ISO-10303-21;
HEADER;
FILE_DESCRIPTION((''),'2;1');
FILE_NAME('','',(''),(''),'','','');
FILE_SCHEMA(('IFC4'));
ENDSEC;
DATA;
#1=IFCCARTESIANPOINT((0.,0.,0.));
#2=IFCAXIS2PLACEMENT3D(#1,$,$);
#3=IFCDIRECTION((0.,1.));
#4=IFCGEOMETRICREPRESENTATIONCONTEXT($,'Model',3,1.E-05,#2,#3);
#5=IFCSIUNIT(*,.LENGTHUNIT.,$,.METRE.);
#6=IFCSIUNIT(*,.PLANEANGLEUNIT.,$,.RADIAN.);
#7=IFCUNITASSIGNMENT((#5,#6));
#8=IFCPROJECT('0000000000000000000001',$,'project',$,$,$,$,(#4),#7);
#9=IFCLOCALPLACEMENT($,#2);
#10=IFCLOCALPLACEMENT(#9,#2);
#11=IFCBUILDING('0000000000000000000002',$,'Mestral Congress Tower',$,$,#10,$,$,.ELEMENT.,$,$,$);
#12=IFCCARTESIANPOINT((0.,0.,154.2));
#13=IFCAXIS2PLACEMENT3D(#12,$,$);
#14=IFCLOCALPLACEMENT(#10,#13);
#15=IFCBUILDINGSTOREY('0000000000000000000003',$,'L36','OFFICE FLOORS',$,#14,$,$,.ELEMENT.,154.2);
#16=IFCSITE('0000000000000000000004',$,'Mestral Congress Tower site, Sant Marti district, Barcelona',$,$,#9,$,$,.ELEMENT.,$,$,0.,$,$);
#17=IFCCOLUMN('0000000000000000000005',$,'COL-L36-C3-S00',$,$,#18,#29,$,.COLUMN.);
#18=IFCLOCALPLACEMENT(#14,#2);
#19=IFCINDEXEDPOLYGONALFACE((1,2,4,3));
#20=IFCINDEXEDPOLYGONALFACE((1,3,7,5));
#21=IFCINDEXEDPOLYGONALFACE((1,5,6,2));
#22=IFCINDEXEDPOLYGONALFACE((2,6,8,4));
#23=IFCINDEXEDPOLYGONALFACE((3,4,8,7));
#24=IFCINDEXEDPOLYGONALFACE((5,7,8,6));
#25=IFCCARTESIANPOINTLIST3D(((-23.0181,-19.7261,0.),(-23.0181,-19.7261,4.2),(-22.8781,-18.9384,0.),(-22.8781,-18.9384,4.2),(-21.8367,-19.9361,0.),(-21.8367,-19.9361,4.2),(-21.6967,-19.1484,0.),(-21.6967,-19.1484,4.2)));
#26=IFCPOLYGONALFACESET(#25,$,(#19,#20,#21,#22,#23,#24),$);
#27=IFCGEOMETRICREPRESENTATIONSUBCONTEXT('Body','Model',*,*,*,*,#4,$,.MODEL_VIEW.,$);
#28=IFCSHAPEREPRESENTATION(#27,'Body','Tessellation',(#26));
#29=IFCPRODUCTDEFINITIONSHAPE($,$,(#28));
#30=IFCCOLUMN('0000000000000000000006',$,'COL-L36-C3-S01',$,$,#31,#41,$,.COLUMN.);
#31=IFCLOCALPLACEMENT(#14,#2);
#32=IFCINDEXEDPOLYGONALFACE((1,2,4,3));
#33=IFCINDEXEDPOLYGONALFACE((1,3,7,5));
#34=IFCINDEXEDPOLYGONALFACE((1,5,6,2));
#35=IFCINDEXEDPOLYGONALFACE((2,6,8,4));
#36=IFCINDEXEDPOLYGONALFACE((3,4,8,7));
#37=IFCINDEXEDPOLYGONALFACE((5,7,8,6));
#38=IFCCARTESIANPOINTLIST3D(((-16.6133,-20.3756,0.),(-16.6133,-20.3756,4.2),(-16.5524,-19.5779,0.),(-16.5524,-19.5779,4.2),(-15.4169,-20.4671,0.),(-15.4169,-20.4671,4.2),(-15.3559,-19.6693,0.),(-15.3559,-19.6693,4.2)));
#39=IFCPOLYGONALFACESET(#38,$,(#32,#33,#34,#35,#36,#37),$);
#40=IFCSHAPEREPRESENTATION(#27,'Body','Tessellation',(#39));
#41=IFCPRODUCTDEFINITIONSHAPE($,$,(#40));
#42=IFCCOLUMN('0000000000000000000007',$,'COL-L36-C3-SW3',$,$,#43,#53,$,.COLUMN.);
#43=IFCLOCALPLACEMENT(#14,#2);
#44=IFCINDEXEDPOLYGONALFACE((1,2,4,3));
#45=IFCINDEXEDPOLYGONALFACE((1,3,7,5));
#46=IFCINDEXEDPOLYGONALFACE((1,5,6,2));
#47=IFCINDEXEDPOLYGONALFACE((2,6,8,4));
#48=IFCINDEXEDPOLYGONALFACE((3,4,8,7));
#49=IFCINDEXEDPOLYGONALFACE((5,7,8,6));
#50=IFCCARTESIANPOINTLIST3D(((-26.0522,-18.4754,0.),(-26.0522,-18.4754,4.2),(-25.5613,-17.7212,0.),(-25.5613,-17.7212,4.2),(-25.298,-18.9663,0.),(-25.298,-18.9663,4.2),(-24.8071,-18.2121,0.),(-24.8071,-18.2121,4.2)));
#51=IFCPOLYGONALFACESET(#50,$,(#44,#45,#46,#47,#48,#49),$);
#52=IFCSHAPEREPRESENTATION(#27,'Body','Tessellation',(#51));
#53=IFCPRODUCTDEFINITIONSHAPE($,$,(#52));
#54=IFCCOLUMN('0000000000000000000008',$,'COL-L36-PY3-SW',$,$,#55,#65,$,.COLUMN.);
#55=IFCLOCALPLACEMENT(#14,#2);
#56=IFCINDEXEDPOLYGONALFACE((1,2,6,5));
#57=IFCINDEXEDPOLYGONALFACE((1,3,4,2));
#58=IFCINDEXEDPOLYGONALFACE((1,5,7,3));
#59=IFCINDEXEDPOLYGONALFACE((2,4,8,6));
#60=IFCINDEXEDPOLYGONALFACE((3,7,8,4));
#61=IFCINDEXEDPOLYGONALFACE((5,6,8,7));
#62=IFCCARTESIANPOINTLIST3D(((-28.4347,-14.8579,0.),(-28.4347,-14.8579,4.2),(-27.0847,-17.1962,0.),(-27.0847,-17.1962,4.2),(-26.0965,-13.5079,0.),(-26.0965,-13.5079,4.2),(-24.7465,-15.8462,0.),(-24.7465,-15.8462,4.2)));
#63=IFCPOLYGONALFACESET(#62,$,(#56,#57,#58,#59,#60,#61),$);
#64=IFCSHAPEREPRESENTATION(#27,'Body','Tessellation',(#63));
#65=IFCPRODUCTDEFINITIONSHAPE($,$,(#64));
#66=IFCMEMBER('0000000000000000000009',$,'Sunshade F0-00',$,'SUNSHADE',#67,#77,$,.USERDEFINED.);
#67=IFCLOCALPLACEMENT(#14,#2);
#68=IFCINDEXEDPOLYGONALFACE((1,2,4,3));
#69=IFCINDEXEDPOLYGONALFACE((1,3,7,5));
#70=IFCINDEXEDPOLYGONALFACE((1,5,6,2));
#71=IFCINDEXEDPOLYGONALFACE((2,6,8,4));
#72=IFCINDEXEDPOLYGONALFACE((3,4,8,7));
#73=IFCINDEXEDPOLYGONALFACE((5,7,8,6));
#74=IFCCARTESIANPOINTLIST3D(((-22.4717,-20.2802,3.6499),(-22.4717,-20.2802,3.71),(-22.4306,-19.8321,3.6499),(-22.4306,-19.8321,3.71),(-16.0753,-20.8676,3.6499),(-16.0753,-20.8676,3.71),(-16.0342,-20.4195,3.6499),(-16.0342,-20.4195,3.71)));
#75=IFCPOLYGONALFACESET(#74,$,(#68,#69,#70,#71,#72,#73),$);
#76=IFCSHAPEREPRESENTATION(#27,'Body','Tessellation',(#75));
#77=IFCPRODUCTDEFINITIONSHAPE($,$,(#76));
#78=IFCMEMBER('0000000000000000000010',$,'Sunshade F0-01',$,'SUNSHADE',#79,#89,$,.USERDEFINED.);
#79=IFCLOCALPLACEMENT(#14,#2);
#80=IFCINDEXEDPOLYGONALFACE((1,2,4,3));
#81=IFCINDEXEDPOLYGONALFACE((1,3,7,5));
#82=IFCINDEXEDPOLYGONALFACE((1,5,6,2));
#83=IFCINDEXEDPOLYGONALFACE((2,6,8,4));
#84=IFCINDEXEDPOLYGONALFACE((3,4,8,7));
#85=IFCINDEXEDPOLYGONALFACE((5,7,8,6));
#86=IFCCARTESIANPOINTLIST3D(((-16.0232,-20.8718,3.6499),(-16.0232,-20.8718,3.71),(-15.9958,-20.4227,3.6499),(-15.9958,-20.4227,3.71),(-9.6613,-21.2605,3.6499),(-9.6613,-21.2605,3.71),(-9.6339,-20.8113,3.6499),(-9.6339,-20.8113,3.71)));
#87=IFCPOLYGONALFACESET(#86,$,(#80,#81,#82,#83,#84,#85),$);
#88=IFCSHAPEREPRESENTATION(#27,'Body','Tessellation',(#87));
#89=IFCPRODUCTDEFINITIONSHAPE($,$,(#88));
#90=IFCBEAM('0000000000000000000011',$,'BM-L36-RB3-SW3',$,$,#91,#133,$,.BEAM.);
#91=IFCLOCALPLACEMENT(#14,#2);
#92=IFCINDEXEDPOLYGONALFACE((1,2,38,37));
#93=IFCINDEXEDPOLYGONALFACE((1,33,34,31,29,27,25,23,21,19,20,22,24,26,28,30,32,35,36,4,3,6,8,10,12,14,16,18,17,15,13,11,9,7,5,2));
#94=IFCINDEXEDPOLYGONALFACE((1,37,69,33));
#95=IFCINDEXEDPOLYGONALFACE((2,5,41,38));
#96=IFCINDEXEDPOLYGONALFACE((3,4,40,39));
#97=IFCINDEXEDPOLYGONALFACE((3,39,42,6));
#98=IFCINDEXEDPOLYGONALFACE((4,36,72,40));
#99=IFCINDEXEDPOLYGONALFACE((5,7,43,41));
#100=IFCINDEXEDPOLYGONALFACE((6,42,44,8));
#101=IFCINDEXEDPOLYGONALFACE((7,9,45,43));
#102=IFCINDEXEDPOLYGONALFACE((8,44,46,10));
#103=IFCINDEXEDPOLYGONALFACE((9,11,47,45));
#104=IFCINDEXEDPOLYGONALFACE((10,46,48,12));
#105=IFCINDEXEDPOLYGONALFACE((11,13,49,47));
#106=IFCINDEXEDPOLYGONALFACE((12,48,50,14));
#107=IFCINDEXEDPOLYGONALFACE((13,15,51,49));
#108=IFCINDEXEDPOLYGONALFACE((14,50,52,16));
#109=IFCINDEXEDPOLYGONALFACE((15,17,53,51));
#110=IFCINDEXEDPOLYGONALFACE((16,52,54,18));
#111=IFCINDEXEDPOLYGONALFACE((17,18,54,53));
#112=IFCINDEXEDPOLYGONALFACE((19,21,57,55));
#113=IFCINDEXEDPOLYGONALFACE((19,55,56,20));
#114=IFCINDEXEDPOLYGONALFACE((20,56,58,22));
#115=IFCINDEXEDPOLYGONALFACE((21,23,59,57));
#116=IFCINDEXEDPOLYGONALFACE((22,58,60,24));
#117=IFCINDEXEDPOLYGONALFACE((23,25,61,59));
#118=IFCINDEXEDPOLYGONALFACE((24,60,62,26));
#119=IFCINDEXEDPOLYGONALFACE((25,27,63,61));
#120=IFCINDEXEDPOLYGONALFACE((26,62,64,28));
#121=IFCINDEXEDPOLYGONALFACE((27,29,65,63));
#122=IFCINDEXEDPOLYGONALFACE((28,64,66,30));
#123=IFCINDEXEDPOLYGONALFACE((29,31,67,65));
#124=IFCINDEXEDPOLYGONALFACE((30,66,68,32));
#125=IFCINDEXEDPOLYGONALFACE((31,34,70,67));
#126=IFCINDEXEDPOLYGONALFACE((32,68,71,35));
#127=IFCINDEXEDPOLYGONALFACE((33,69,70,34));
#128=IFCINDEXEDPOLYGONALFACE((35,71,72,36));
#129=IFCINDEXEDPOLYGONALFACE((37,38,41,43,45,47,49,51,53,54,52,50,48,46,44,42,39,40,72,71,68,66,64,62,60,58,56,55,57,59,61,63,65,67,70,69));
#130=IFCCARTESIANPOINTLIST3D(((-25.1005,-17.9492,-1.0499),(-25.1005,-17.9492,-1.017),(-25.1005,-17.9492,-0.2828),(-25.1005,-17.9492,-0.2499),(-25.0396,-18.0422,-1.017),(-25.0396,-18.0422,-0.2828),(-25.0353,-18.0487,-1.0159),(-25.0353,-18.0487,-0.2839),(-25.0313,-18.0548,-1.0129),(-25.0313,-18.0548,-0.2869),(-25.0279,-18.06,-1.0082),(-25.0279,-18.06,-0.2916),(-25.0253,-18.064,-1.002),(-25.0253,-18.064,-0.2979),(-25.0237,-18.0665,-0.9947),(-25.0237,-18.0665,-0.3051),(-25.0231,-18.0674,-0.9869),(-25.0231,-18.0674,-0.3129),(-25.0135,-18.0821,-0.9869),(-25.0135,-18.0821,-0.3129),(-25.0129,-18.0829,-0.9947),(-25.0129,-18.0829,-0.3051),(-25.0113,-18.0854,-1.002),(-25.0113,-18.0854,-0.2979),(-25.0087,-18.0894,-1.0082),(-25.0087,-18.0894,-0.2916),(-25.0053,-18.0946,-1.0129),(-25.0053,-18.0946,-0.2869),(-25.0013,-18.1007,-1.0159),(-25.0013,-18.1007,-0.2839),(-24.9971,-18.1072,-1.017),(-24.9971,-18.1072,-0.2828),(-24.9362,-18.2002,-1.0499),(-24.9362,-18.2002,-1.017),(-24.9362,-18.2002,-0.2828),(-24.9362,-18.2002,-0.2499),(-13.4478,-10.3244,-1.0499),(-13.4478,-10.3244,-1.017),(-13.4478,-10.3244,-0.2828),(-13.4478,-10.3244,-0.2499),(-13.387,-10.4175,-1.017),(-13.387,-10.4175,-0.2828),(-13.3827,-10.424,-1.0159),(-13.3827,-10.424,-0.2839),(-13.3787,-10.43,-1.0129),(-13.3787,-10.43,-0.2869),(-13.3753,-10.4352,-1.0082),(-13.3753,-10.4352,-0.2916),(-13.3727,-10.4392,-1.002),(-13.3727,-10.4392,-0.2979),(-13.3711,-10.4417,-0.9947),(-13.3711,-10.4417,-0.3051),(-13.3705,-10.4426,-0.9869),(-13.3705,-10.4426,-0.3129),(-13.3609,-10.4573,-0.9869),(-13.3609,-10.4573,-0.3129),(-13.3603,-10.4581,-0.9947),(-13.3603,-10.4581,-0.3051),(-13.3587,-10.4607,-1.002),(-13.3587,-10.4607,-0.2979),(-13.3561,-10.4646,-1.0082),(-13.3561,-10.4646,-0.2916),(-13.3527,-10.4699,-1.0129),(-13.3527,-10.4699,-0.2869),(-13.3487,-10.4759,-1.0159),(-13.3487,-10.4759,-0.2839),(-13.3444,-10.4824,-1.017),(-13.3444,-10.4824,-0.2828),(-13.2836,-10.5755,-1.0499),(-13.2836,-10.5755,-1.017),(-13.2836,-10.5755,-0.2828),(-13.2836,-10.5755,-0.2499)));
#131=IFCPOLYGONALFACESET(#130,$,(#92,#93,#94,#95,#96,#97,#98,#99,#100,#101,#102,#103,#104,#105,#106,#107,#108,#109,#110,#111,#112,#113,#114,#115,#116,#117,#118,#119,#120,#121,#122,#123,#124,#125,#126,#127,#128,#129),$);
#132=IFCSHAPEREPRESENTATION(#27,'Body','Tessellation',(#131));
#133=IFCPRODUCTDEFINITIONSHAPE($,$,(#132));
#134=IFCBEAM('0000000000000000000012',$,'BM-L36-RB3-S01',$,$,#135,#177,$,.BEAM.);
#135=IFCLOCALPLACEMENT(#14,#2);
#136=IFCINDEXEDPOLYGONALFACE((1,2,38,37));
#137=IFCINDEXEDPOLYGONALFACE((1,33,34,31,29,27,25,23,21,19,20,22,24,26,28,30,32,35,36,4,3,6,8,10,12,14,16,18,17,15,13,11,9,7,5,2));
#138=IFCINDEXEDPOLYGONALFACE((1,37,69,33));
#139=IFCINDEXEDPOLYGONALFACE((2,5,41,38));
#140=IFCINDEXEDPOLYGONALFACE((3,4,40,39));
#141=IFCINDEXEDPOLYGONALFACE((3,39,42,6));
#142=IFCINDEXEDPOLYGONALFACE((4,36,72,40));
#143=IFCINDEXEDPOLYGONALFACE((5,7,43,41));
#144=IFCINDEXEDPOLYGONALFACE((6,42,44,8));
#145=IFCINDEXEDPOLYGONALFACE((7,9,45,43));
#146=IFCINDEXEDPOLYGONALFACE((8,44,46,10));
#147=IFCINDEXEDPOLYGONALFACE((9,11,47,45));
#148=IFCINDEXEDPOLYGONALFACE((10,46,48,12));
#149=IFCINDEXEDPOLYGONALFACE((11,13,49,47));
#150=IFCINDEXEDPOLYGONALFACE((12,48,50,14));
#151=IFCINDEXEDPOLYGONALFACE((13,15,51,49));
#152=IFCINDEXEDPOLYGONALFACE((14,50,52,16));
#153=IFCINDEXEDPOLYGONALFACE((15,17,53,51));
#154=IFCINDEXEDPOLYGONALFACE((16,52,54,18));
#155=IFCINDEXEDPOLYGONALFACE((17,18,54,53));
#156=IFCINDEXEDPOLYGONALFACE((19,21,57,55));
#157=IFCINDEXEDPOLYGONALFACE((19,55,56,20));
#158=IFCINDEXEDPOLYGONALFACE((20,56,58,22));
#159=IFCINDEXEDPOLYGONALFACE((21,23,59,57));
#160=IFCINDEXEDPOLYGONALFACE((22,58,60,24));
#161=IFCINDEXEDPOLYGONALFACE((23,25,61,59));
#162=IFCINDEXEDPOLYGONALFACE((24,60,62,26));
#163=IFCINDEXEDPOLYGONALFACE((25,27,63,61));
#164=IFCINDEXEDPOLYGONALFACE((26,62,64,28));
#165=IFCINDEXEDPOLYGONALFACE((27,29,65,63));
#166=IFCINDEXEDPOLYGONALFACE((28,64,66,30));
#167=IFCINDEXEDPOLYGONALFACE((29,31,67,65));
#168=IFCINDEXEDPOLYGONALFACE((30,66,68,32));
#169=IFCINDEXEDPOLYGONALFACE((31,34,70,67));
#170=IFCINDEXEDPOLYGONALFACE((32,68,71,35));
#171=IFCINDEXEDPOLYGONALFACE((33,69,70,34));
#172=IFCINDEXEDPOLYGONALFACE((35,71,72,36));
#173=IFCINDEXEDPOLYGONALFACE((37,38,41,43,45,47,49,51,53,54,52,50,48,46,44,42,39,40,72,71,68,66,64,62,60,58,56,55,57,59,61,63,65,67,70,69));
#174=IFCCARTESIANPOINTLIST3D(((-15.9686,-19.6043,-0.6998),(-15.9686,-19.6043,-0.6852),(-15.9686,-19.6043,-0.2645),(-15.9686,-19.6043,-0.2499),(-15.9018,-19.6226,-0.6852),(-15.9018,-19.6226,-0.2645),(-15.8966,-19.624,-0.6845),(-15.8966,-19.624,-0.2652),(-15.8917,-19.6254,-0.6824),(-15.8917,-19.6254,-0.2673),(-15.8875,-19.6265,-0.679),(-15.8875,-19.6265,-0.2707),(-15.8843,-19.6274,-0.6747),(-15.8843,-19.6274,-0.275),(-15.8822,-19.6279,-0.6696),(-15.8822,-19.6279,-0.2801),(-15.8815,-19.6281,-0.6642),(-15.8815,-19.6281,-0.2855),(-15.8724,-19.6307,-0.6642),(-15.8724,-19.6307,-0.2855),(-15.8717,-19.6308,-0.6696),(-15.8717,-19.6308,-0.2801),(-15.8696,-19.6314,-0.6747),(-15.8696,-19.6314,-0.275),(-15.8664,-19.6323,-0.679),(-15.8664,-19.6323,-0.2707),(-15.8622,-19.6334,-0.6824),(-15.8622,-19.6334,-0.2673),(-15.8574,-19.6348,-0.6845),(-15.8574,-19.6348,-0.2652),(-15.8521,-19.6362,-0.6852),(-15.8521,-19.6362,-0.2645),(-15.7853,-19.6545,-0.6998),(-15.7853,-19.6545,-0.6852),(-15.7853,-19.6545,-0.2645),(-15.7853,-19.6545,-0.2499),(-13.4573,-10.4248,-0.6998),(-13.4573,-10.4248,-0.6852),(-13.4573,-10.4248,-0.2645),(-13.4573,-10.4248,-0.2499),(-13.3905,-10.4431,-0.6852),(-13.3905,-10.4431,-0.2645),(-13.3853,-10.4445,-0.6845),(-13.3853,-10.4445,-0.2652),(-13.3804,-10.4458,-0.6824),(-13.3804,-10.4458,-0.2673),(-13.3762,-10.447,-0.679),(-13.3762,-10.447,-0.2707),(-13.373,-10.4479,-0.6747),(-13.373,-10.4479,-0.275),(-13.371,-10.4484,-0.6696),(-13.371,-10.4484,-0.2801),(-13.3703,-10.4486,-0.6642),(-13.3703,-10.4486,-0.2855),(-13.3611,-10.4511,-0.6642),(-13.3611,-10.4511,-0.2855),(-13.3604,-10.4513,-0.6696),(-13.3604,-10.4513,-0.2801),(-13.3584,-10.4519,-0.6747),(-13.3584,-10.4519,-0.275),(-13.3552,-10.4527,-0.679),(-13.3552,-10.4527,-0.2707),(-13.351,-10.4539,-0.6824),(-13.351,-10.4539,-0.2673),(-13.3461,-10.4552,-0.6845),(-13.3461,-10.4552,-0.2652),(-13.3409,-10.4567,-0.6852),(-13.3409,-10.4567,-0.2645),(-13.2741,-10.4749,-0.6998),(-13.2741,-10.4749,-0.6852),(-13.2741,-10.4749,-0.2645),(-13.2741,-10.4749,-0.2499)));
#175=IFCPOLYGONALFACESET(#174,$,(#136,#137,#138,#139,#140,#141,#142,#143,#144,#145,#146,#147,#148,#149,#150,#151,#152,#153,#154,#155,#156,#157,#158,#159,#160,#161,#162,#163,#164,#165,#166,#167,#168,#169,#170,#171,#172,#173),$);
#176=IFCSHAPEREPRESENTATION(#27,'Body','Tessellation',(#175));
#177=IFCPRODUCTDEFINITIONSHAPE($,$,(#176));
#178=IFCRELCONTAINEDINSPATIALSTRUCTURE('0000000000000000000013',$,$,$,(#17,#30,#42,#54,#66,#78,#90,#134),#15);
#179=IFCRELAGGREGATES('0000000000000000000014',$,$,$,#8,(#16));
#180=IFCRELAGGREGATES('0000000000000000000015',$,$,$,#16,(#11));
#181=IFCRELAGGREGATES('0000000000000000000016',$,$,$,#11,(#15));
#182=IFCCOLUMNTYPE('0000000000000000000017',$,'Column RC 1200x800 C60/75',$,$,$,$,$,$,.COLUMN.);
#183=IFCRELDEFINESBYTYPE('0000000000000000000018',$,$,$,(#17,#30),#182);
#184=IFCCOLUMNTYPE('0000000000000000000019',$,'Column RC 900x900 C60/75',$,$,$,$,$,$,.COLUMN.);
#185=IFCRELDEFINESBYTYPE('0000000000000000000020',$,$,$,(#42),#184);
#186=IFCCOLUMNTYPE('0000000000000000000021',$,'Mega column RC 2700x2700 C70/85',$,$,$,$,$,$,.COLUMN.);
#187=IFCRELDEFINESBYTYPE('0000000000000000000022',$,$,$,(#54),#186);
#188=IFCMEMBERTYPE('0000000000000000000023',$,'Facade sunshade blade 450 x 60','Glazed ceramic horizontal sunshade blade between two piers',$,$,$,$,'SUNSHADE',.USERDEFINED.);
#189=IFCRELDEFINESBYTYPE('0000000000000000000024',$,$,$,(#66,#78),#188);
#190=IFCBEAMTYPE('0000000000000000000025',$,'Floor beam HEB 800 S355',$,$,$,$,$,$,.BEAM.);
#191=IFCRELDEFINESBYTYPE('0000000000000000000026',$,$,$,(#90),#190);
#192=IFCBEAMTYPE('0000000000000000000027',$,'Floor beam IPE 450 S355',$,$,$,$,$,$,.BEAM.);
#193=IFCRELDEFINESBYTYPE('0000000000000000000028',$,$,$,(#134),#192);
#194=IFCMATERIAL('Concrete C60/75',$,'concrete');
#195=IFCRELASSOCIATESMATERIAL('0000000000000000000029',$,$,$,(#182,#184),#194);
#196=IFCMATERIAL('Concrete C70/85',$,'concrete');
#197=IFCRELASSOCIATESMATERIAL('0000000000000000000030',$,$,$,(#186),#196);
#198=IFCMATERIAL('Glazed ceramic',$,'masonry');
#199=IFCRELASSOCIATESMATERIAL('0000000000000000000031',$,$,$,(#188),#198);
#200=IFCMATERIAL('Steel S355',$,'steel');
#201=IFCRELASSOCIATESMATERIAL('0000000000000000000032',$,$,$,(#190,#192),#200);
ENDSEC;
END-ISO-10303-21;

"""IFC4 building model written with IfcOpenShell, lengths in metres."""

from ifc_helpers import new_model, si_unit, direction, frame, origin, origin_2d, place, context, subcontext, project, spatial, rectangle, i_section, extrude, material, material_profile, profile_set, type_object, element, save


model = new_model("IFC4")

# Units and contexts
model_context = context("Model", 3, precision=1e-05, world=origin(), true_north=direction((0.0, 1.0)))
body_context = subcontext(model_context, "Body", "Model", "MODEL_VIEW")
ifc_project = project(units=[si_unit("LENGTHUNIT", "METRE"), si_unit("PLANEANGLEUNIT", "RADIAN")], contexts=[model_context])

# Site, building, storey
site_placement = place(None, origin())
site = spatial("IfcSite", under=ifc_project, at=site_placement, Name="Mestral Congress Tower site, Sant Marti district, Barcelona", CompositionType="ELEMENT", RefElevation=0.0)
building_placement = place(site_placement, origin())
building = spatial("IfcBuilding", under=site, at=building_placement, Name="Mestral Congress Tower", CompositionType="ELEMENT")
storey_placement = place(building_placement, frame((0.0, 0.0, 154.2)))
storey = spatial("IfcBuildingStorey", under=building, at=storey_placement, Name="L36", Description="OFFICE FLOORS", CompositionType="ELEMENT", Elevation=154.2)

# Columns
ifc_material_1 = material(Name="Concrete C60/75", Category="concrete")
ifc_material_profile_1 = material_profile(ifc_material_1, rectangle(XDim=1.2, YDim=0.8, at=origin_2d()), Name="RC 1200x800")
ifc_profile_set_1 = profile_set([ifc_material_profile_1], Name="Concrete C60/75")
column_type_1 = type_object("IfcColumnType", Name="Column RC 1200x800 C60/75", PredefinedType="COLUMN", material=ifc_profile_set_1)
for number, where, z_axis, x_axis, name in (
    (1, (-22.3574, -19.4373, 0.0), (0.0, 0.0, 1.0), (0.984571, -0.174985, 0.0), "COL-L36-C3-S00"),
    (2, (-15.9846, -20.0225, 0.0), (0.0, 0.0, 1.0), (0.99709, -0.076237, 0.0), "COL-L36-C3-S01"),
):
    element("IfcColumn", number, at=place(storey_placement, frame(where, z_axis=z_axis, x_axis=x_axis)), inside=storey, type_object=column_type_1, Name=name, PredefinedType="COLUMN", context=body_context, shape_type="SweptSolid", body=[
        extrude(rectangle(XDim=1.2, YDim=0.8, at=origin_2d()), origin(), (0.0, 0.0, 1.0), 4.2),
    ])
ifc_material_profile_2 = material_profile(ifc_material_1, rectangle(XDim=0.8999, YDim=0.8999, at=origin_2d()), Name="RC 900x900")
ifc_profile_set_2 = profile_set([ifc_material_profile_2], Name="Concrete C60/75")
column_type_2 = type_object("IfcColumnType", Name="Column RC 900x900 C60/75", PredefinedType="COLUMN", material=ifc_profile_set_2)
column_1_placement = place(storey_placement, frame((-25.4297, -18.3438, 0.0), z_axis=(0.0, 0.0, 1.0), x_axis=(0.838094, -0.545526, 0.0)))
element("IfcColumn", 3, at=column_1_placement, inside=storey, type_object=column_type_2, Name="COL-L36-C3-SW3", PredefinedType="COLUMN", context=body_context, shape_type="SweptSolid", body=[
    extrude(rectangle(XDim=0.8999, YDim=0.8999, at=origin_2d()), origin(), (0.0, 0.0, 1.0), 4.2),
])
ifc_material_2 = material(Name="Concrete C70/85", Category="concrete")
ifc_material_profile_3 = material_profile(ifc_material_2, rectangle(XDim=2.7, YDim=2.7, at=origin_2d()), Name="RC 2700x2700")
ifc_profile_set_3 = profile_set([ifc_material_profile_3], Name="Concrete C70/85")
column_type_3 = type_object("IfcColumnType", Name="Mega column RC 2700x2700 C70/85", PredefinedType="COLUMN", material=ifc_profile_set_3)
column_2_placement = place(storey_placement, frame((-26.5906, -15.3521, 0.0), z_axis=(0.0, 0.0, 1.0), x_axis=(-0.866025, -0.5, 0.0)))
element("IfcColumn", 4, at=column_2_placement, inside=storey, type_object=column_type_3, Name="COL-L36-PY3-SW", PredefinedType="COLUMN", context=body_context, shape_type="SweptSolid", body=[
    extrude(rectangle(XDim=2.7, YDim=2.7, at=origin_2d()), origin(), (0.0, 0.0, 1.0), 4.2),
])

# Members
ifc_material_3 = material(Name="Glazed ceramic", Category="masonry")
ifc_material_profile_4 = material_profile(ifc_material_3, rectangle(XDim=0.45, YDim=0.0601, at=origin_2d()), Name="Ceramic blade 450 x 60")
ifc_profile_set_4 = profile_set([ifc_material_profile_4], Name="Glazed ceramic")
member_type = type_object("IfcMemberType", Name="Facade sunshade blade 450 x 60", Description="Glazed ceramic horizontal sunshade blade between two piers", ElementType="SUNSHADE", PredefinedType="USERDEFINED", material=ifc_profile_set_4)
member_1_placement = place(storey_placement, frame((-22.4512, -20.0562, 3.6799), z_axis=(0.99581, -0.091447, 0.0), x_axis=(0.091447, 0.99581, 0.0)))
element("IfcMember", 5, at=member_1_placement, inside=storey, type_object=member_type, Name="Sunshade F0-00", ObjectType="SUNSHADE", PredefinedType="USERDEFINED", context=body_context, shape_type="SweptSolid", body=[
    extrude(rectangle(XDim=0.45, YDim=0.0601, at=origin_2d()), origin(), (0.0, 0.0, 1.0), 6.4233),
])
member_2_placement = place(storey_placement, frame((-16.0095, -20.6472, 3.6799), z_axis=(0.998139, -0.060981, 0.0), x_axis=(0.060981, 0.998139, 0.0)))
element("IfcMember", 6, at=member_2_placement, inside=storey, type_object=member_type, Name="Sunshade F0-01", ObjectType="SUNSHADE", PredefinedType="USERDEFINED", context=body_context, shape_type="SweptSolid", body=[
    extrude(rectangle(XDim=0.45, YDim=0.0601, at=origin_2d()), origin(), (0.0, 0.0, 1.0), 6.3738),
])

# Beams
ifc_material_4 = material(Name="Steel S355", Category="steel")
ifc_material_profile_5 = material_profile(ifc_material_4, i_section(OverallWidth=0.3, OverallDepth=0.8, WebThickness=0.0176, FlangeThickness=0.033, FilletRadius=0.03, at=origin_2d()), Name="HEB 800")
ifc_profile_set_5 = profile_set([ifc_material_profile_5], Name="Steel S355")
beam_type_1 = type_object("IfcBeamType", Name="Floor beam HEB 800 S355", PredefinedType="BEAM", material=ifc_profile_set_5)
beam_1_placement = place(storey_placement, frame((-25.0183, -18.0747, -0.6499), z_axis=(0.83678, 0.547539, 0.0), x_axis=(-0.547539, 0.83678, 0.0)))
element("IfcBeam", 7, at=beam_1_placement, inside=storey, type_object=beam_type_1, Name="BM-L36-RB3-SW3", PredefinedType="BEAM", context=body_context, shape_type="SweptSolid", body=[
    extrude(i_section(OverallWidth=0.3, OverallDepth=0.8, WebThickness=0.0176, FlangeThickness=0.033, FilletRadius=0.03, at=origin_2d()), origin(), (0.0, 0.0, 1.0), 13.9255),
])
ifc_material_profile_6 = material_profile(ifc_material_4, i_section(OverallWidth=0.1899, OverallDepth=0.45, WebThickness=0.0095, FlangeThickness=0.0146, FilletRadius=0.021, at=origin_2d()), Name="IPE 450")
ifc_profile_set_6 = profile_set([ifc_material_profile_6], Name="Steel S355")
beam_type_2 = type_object("IfcBeamType", Name="Floor beam IPE 450 S355", PredefinedType="BEAM", material=ifc_profile_set_6)
beam_2_placement = place(storey_placement, frame((-15.877, -19.6294, -0.4749), z_axis=(0.263875, 0.964557, 0.0), x_axis=(-0.964557, 0.263875, 0.0)))
element("IfcBeam", 8, at=beam_2_placement, inside=storey, type_object=beam_type_2, Name="BM-L36-RB3-S01", PredefinedType="BEAM", context=body_context, shape_type="SweptSolid", body=[
    extrude(i_section(OverallWidth=0.1899, OverallDepth=0.45, WebThickness=0.0095, FlangeThickness=0.0146, FilletRadius=0.021, at=origin_2d()), origin(), (0.0, 0.0, 1.0), 9.5168),
])

save(model, "model.ifc")
